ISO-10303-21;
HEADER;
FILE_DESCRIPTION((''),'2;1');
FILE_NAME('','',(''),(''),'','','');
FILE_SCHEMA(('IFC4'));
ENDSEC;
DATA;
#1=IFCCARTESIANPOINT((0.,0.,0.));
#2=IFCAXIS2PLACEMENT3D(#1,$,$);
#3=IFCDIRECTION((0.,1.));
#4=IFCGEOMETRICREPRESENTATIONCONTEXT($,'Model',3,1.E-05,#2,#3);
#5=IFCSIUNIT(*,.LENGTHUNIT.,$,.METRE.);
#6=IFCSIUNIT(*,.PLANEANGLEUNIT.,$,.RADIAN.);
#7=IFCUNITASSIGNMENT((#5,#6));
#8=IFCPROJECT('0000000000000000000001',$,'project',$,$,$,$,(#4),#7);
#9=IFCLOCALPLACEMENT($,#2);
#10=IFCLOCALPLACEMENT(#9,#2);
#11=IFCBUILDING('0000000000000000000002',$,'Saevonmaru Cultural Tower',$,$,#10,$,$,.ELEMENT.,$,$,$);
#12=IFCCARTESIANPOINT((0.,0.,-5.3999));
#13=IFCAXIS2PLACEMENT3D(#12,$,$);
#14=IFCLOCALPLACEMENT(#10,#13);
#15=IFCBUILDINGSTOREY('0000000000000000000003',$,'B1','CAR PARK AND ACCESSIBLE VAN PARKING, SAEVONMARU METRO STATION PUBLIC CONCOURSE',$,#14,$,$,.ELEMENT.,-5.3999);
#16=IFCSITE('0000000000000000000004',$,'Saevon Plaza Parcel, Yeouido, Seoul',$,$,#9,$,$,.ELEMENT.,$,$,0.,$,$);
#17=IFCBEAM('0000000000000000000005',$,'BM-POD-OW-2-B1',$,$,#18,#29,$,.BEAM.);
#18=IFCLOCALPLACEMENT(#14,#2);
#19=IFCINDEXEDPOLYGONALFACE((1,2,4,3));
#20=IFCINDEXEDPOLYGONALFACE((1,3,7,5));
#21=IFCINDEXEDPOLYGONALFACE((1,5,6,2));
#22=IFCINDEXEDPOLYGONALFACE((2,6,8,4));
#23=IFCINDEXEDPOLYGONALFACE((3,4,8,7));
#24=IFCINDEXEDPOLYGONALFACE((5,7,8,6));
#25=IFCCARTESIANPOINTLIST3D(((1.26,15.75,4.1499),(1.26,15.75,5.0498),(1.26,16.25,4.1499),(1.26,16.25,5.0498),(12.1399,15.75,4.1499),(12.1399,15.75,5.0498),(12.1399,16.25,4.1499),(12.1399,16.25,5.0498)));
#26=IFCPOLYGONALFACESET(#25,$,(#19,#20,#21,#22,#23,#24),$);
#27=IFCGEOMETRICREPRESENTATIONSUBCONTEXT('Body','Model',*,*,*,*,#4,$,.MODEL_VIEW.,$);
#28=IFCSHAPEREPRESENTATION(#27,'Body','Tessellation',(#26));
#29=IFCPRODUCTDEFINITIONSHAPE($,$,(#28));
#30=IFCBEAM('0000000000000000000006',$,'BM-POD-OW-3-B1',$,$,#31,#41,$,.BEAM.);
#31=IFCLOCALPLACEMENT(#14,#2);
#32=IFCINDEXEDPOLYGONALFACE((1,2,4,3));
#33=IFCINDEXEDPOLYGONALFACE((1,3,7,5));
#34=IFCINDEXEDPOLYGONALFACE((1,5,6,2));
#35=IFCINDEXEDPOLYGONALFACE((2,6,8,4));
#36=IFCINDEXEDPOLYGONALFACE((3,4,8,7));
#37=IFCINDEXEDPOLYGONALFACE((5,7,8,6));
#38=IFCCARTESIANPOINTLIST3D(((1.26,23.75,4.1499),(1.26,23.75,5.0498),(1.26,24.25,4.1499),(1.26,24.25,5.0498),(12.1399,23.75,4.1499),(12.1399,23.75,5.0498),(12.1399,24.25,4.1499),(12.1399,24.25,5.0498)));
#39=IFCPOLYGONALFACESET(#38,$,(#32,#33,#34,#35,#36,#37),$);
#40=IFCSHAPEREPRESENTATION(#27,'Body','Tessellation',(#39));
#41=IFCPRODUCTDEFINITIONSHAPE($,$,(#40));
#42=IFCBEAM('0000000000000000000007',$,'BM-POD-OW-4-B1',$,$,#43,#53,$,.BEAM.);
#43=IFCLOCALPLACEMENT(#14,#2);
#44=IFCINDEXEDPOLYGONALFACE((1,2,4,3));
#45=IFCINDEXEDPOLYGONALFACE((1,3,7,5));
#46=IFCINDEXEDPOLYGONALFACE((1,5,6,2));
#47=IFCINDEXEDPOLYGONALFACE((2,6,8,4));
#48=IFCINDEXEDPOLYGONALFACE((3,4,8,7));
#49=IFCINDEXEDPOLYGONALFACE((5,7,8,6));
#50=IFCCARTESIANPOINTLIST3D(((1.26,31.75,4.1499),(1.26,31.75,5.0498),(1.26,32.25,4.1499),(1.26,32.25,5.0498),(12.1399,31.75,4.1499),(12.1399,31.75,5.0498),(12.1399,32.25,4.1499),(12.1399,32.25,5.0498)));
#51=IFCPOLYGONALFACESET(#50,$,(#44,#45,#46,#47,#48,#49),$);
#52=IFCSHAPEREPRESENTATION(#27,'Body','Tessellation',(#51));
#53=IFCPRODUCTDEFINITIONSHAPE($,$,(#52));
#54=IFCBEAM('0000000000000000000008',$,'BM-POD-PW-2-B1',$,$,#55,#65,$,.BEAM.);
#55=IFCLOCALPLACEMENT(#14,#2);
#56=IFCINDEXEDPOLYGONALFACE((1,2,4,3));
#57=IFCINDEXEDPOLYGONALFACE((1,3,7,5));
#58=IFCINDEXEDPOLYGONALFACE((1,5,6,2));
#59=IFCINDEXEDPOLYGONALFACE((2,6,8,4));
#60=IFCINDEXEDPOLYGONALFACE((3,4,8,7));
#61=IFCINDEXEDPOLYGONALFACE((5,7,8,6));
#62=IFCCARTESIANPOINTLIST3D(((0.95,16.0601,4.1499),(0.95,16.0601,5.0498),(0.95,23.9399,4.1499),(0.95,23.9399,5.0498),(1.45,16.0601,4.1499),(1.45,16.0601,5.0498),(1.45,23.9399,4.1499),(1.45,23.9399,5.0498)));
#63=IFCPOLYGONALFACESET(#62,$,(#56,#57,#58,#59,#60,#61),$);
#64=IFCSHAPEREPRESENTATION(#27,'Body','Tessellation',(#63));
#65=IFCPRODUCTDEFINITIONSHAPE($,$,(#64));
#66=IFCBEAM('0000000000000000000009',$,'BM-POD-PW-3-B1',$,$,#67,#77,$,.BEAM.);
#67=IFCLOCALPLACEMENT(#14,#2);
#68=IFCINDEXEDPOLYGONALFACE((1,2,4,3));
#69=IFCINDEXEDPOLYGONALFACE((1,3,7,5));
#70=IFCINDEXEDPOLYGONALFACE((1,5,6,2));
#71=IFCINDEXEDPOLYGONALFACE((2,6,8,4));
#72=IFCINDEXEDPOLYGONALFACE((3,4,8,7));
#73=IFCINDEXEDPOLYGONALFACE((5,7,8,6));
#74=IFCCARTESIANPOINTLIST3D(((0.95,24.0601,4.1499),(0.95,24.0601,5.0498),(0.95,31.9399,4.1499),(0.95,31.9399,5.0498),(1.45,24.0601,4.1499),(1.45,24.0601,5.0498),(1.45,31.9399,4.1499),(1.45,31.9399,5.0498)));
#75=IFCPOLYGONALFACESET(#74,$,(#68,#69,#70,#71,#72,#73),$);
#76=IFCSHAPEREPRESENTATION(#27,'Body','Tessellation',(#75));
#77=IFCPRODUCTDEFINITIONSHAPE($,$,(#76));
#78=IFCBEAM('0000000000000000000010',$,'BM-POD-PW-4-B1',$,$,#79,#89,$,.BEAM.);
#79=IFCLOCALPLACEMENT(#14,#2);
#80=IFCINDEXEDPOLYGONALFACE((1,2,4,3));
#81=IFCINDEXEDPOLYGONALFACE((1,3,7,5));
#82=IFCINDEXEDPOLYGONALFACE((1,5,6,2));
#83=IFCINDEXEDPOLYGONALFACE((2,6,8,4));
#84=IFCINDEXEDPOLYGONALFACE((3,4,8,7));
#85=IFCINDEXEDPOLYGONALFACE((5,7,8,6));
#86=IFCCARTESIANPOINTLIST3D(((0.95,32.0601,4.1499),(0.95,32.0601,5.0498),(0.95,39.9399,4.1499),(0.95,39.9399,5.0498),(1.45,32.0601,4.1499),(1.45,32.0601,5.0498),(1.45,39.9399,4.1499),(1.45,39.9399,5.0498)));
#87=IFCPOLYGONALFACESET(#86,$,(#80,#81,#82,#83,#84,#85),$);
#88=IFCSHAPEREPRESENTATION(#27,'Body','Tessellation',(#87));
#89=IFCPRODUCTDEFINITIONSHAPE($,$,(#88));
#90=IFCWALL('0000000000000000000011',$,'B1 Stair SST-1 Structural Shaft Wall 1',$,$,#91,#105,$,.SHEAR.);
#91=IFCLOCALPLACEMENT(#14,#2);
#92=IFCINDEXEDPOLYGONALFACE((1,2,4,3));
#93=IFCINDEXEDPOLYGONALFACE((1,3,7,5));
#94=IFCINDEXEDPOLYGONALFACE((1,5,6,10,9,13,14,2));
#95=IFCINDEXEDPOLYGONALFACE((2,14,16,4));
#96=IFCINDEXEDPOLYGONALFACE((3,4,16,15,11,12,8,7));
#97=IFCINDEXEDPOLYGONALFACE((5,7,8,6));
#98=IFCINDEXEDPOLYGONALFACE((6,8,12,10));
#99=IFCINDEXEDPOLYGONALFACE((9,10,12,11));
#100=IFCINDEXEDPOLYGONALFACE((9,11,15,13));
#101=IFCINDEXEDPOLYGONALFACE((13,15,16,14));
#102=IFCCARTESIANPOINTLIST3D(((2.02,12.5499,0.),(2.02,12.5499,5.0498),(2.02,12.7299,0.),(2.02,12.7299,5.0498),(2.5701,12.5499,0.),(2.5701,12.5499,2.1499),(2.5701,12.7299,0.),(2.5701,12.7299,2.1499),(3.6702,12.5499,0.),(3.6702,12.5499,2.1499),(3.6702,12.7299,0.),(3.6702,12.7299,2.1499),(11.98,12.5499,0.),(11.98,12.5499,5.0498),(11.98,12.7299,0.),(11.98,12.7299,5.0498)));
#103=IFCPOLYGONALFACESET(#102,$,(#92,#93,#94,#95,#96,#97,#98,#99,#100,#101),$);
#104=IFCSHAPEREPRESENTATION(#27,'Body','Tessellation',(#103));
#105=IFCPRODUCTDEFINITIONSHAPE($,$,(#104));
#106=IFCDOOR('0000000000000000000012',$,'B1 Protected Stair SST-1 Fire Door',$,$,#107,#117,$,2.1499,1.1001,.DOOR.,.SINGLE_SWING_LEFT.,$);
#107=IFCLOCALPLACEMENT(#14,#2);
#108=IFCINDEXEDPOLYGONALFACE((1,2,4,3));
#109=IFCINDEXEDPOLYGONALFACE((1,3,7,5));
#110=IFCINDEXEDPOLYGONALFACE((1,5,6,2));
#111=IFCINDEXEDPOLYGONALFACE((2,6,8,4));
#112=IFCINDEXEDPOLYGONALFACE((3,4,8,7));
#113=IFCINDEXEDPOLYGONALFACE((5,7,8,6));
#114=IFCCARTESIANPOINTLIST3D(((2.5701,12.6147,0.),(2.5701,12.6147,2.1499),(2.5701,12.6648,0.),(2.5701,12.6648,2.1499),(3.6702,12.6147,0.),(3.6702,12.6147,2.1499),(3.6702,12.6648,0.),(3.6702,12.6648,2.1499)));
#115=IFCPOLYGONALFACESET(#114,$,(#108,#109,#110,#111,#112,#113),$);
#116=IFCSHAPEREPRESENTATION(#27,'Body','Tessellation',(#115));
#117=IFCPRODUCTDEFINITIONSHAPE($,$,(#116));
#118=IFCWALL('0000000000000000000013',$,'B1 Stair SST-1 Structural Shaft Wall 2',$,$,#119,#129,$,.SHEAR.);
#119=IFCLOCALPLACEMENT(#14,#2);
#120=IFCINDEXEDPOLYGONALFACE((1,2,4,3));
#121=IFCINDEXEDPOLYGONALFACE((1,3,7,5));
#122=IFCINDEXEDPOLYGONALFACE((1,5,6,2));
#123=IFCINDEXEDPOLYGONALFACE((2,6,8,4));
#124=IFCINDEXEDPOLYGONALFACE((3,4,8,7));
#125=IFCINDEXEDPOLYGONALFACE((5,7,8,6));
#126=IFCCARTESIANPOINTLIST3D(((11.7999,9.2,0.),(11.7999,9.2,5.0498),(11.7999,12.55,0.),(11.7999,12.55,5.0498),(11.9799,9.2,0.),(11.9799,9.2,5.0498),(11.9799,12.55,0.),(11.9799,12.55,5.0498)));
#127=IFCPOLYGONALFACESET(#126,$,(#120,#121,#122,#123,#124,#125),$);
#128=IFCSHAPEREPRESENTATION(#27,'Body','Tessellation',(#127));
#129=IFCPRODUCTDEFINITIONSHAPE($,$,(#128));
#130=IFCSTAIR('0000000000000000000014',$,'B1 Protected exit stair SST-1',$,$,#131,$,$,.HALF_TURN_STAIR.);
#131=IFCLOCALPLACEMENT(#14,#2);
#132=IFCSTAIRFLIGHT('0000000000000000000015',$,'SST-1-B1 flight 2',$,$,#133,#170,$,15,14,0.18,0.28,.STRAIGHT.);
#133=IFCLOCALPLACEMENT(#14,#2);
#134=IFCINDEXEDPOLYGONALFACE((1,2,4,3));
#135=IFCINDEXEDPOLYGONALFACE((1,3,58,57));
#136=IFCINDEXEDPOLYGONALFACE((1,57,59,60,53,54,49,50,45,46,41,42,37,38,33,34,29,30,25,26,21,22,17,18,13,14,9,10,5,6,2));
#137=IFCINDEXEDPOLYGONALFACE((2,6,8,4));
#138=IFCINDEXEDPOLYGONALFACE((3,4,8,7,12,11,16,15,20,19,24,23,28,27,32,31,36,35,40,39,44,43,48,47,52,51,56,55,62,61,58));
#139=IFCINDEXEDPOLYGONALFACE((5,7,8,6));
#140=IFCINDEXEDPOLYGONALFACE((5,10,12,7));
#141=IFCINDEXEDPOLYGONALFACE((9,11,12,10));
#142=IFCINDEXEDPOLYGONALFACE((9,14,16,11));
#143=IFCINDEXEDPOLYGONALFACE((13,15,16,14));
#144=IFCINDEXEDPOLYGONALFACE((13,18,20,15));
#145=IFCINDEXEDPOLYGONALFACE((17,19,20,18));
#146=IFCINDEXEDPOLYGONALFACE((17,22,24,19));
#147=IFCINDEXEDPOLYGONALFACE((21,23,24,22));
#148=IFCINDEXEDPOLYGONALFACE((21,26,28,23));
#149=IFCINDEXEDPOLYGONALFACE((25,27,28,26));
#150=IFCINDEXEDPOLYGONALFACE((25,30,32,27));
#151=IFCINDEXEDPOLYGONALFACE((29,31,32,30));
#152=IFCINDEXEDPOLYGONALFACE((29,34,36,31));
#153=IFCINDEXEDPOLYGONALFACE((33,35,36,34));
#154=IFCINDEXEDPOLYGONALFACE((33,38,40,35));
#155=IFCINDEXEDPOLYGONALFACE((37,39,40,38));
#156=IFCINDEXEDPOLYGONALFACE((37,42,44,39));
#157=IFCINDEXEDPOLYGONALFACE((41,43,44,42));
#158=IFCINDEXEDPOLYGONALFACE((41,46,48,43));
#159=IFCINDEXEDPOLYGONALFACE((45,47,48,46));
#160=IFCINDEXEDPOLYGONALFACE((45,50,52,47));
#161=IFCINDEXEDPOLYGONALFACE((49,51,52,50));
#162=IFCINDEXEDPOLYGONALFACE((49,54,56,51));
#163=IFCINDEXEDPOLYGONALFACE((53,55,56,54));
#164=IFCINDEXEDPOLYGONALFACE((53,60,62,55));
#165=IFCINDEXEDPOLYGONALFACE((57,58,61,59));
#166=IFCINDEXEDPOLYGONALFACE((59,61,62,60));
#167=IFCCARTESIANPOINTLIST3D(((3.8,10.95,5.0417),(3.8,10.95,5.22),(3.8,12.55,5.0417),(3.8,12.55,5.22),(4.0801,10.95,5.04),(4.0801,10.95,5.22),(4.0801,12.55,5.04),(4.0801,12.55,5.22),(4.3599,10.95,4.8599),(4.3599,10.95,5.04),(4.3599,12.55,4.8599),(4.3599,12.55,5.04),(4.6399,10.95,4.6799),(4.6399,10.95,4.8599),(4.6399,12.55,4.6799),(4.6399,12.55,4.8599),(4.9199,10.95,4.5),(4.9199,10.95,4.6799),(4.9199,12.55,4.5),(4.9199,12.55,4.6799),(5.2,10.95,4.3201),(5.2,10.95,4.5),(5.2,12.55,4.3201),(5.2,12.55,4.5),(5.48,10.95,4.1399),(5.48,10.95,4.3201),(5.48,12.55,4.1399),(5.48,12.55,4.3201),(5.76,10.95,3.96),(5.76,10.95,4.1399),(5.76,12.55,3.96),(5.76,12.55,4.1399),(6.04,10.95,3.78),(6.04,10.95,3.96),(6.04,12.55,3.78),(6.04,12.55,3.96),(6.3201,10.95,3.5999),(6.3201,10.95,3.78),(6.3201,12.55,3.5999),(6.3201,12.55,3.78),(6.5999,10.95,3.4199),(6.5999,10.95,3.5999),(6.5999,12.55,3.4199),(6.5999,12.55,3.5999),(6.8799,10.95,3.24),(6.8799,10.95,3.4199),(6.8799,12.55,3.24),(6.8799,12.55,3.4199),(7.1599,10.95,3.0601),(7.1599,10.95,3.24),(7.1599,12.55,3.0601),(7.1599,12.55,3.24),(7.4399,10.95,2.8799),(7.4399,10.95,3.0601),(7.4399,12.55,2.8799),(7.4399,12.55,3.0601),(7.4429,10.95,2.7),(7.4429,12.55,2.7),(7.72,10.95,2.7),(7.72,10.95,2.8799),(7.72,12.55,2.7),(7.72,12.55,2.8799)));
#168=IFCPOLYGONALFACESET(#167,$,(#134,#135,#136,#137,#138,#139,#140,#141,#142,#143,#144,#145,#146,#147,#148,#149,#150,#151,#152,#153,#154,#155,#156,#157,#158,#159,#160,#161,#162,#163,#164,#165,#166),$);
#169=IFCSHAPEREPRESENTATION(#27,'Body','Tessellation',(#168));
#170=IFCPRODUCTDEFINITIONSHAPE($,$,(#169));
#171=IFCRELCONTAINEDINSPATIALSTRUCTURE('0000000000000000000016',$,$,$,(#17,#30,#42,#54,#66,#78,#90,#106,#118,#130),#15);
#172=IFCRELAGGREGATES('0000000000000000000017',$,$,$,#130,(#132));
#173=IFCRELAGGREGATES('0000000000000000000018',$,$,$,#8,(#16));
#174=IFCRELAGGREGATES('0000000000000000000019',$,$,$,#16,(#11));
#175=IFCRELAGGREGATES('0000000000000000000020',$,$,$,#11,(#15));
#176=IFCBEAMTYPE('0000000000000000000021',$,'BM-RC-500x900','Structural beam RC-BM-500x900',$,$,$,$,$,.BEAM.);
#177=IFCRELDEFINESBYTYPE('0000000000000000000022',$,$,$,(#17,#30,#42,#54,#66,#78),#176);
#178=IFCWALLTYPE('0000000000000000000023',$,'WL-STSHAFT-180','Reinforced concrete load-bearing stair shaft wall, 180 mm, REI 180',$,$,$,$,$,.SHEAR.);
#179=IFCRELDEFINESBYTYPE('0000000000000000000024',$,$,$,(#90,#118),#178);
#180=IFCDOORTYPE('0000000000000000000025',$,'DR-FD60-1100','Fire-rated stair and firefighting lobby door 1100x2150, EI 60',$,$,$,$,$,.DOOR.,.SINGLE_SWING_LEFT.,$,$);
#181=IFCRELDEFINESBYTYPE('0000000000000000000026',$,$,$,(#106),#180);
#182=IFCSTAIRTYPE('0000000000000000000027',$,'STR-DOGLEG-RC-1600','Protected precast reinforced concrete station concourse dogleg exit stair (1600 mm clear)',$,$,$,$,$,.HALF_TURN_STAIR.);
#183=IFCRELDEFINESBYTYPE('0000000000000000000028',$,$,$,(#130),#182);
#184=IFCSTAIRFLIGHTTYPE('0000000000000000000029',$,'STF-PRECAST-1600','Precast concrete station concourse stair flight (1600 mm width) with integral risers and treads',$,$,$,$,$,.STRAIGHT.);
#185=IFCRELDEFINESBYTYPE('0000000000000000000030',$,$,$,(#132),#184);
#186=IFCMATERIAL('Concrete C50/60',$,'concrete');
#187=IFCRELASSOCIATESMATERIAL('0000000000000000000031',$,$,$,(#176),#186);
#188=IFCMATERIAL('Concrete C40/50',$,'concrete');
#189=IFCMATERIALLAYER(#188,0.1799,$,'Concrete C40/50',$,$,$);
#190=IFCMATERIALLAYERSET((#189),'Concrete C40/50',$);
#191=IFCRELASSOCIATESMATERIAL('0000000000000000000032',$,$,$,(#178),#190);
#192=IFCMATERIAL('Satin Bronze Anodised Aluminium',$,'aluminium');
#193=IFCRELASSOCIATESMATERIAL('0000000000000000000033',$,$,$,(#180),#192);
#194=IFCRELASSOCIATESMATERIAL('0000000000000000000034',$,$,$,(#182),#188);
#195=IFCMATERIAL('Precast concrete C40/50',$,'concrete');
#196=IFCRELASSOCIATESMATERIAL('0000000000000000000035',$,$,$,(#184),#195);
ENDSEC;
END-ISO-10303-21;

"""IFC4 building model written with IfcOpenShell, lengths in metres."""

from ifc_helpers import new_model, si_unit, direction, frame, frame_2d, origin, origin_2d, place, context, subcontext, project, spatial, polyline, rectangle, outline, extrude, material, layer, layer_set, material_profile, profile_set, type_object, element, fill, aggregate, save


model = new_model("IFC4")

# Units and contexts
model_context = context("Model", 3, precision=1e-05, world=origin(), true_north=direction((0.0, 1.0)))
body_context = subcontext(model_context, "Body", "Model", "MODEL_VIEW")
ifc_project = project(units=[si_unit("LENGTHUNIT", "METRE"), si_unit("PLANEANGLEUNIT", "RADIAN")], contexts=[model_context])

# Site, building, storey
site_placement = place(None, origin())
site = spatial("IfcSite", under=ifc_project, at=site_placement, Name="Saevon Plaza Parcel, Yeouido, Seoul", CompositionType="ELEMENT", RefElevation=0.0)
building_placement = place(site_placement, origin())
building = spatial("IfcBuilding", under=site, at=building_placement, Name="Saevonmaru Cultural Tower", CompositionType="ELEMENT")
storey_placement = place(building_placement, frame((0.0, 0.0, -5.3999)))
storey = spatial("IfcBuildingStorey", under=building, at=storey_placement, Name="B1", Description="CAR PARK AND ACCESSIBLE VAN PARKING, SAEVONMARU METRO STATION PUBLIC CONCOURSE", CompositionType="ELEMENT", Elevation=-5.3999)

# Shared definitions
ifc_material_1 = material(Name="Concrete C50/60", Category="concrete")

# Beams
ifc_material_2 = material(Name="Concrete C40/50", Category="concrete")
ifc_material_profile_1 = material_profile(ifc_material_1, rectangle(XDim=0.5, YDim=0.8999, at=origin_2d()), Name="RC-BM-500x900")
ifc_profile_set_1 = profile_set([ifc_material_profile_1], Name="Concrete C50/60")
beam_type_1 = type_object("IfcBeamType", Name="BM-RC-500x900", Description="Structural beam RC-BM-500x900", PredefinedType="BEAM", material=ifc_profile_set_1)
for number, where, z_axis, x_axis, name in (
    (1, (1.26, 16.0, 4.5999), (1.0, 0.0, 0.0), (0.0, 1.0, 0.0), "BM-POD-OW-2-B1"),
    (2, (1.26, 24.0, 4.5999), (1.0, 0.0, 0.0), (0.0, 1.0, 0.0), "BM-POD-OW-3-B1"),
    (3, (1.26, 32.0, 4.5999), (1.0, 0.0, 0.0), (0.0, 1.0, 0.0), "BM-POD-OW-4-B1"),
):
    element("IfcBeam", number, at=place(storey_placement, frame(where, z_axis=z_axis, x_axis=x_axis)), inside=storey, type_object=beam_type_1, Name=name, PredefinedType="BEAM", context=body_context, shape_type="SweptSolid", body=[
        extrude(rectangle(XDim=0.5, YDim=0.8999, at=origin_2d()), origin(), (0.0, 0.0, 1.0), 10.8799),
    ])
for number, where, z_axis, x_axis, name in (
    (4, (1.2, 16.0601, 4.5999), (0.0, 1.0, 0.0), (-1.0, 0.0, 0.0), "BM-POD-PW-2-B1"),
    (5, (1.2, 24.0601, 4.5999), (0.0, 1.0, 0.0), (-1.0, 0.0, 0.0), "BM-POD-PW-3-B1"),
    (6, (1.2, 32.0601, 4.5999), (0.0, 1.0, 0.0), (-1.0, 0.0, 0.0), "BM-POD-PW-4-B1"),
):
    element("IfcBeam", number, at=place(storey_placement, frame(where, z_axis=z_axis, x_axis=x_axis)), inside=storey, type_object=beam_type_1, Name=name, PredefinedType="BEAM", context=body_context, shape_type="SweptSolid", body=[
        extrude(rectangle(XDim=0.5, YDim=0.8999, at=origin_2d()), origin(), (0.0, 0.0, 1.0), 7.8799),
    ])

# Wall, opening, door
ifc_layer = layer(ifc_material_2, 0.1799, Name="Concrete C40/50")
ifc_layer_set = layer_set([ifc_layer], Name="Concrete C40/50")
wall_type = type_object("IfcWallType", Name="WL-STSHAFT-180", Description="Reinforced concrete load-bearing stair shaft wall, 180 mm, REI 180", PredefinedType="SHEAR", material=ifc_layer_set)
wall_1_placement = place(storey_placement, frame((2.02, 12.6399, 0.0), z_axis=(0.0, 0.0, 1.0), x_axis=(1.0, 0.0, 0.0)))
wall_1 = element("IfcWall", 7, at=wall_1_placement, inside=storey, type_object=wall_type, Name="B1 Stair SST-1 Structural Shaft Wall 1", PredefinedType="SHEAR", context=body_context, shape_type="SweptSolid", body=[
    extrude(rectangle(XDim=9.96, YDim=0.1799, at=frame_2d((4.98, 0.0))), origin(), (0.0, 0.0, 1.0), 5.0498),
])
opening_placement = place(wall_1_placement, frame((0.55, 0.0, 0.0)))
opening = element("IfcOpeningElement", 8, at=opening_placement, cuts=wall_1, PredefinedType="OPENING", context=body_context, shape_type="SweptSolid", body=[
    extrude(rectangle(XDim=1.1001, YDim=2.1499, at=frame_2d((0.55, 1.075))), frame((0.0, 0.1001, 0.0), z_axis=(0.0, -1.0, 0.0), x_axis=(1.0, 0.0, 0.0)), (0.0, 0.0, 1.0), 0.2),
])
ifc_material_3 = material(Name="Satin Bronze Anodised Aluminium", Category="aluminium")
door_type = type_object("IfcDoorType", Name="DR-FD60-1100", Description="Fire-rated stair and firefighting lobby door 1100x2150, EI 60", OperationType="SINGLE_SWING_LEFT", PredefinedType="DOOR", material=ifc_material_3)
door_placement = place(opening_placement, origin())
door = element("IfcDoor", 9, at=door_placement, inside=storey, type_object=door_type, Name="B1 Protected Stair SST-1 Fire Door", OperationType="SINGLE_SWING_LEFT", OverallHeight=2.1499, OverallWidth=1.1001, PredefinedType="DOOR", context=body_context, shape_type="SweptSolid", body=[
    extrude(rectangle(XDim=1.1001, YDim=2.1499, at=frame_2d((0.55, 1.075))), frame((0.0, 0.0249, 0.0), z_axis=(0.0, -1.0, 0.0), x_axis=(1.0, 0.0, 0.0)), (0.0, 0.0, 1.0), 0.05),
])
fill(opening, door)

# Wall
wall_2_placement = place(storey_placement, frame((11.8899, 12.55, 0.0), z_axis=(0.0, 0.0, 1.0), x_axis=(0.0, -1.0, 0.0)))
element("IfcWall", 10, at=wall_2_placement, inside=storey, type_object=wall_type, Name="B1 Stair SST-1 Structural Shaft Wall 2", PredefinedType="SHEAR", context=body_context, shape_type="SweptSolid", body=[
    extrude(rectangle(XDim=3.3501, YDim=0.1799, at=frame_2d((1.675, 0.0))), origin(), (0.0, 0.0, 1.0), 5.0498),
])

# Stair, stair flight
stair_type = type_object("IfcStairType", Name="STR-DOGLEG-RC-1600", Description="Protected precast reinforced concrete station concourse dogleg exit stair (1600 mm clear)", PredefinedType="HALF_TURN_STAIR", material=ifc_material_2)
stair_placement = place(storey_placement, origin())
stair = element("IfcStair", 11, at=stair_placement, inside=storey, type_object=stair_type, Name="B1 Protected exit stair SST-1", PredefinedType="HALF_TURN_STAIR")
ifc_material_4 = material(Name="Precast concrete C40/50", Category="concrete")
stair_flight_type = type_object("IfcStairFlightType", Name="STF-PRECAST-1600", Description="Precast concrete station concourse stair flight (1600 mm width) with integral risers and treads", PredefinedType="STRAIGHT", material=ifc_material_4)
stair_flight_placement = place(storey_placement, frame((7.72, 11.75, 2.7), z_axis=(0.0, 0.0, 1.0), x_axis=(-1.0, 0.0, 0.0)))
stair_flight = element("IfcStairFlight", 12, at=stair_flight_placement, type_object=stair_flight_type, Name="SST-1-B1 flight 2", NumberOfRisers=15, NumberOfTreads=14, PredefinedType="STRAIGHT", RiserHeight=0.18, TreadLength=0.28, context=body_context, shape_type="SweptSolid", body=[
    extrude(outline(polyline([(0.0, 0.0), (0.0, 0.1799), (0.28, 0.1799), (0.28, 0.3601), (0.5601, 0.3601), (0.5601, 0.54), (0.8401, 0.54), (0.8401, 0.72), (1.1201, 0.72), (1.1201, 0.8999), (1.3999, 0.8999), (1.3999, 1.0801), (1.6799, 1.0801), (1.6799, 1.26), (1.96, 1.26), (1.96, 1.4399), (2.24, 1.4399), (2.24, 1.6201), (2.52, 1.6201), (2.52, 1.8), (2.8, 1.8), (2.8, 1.98), (3.0801, 1.98), (3.0801, 2.1599), (3.3601, 2.1599), (3.3601, 2.3401), (3.6399, 2.3401), (3.6399, 2.52), (3.9199, 2.52), (3.9199, 2.7), (3.9199, 2.3418), (0.2771, 0.0), (0.0, 0.0)])), frame((0.0, 0.8, 0.0), z_axis=(0.0, -1.0, 0.0), x_axis=(1.0, 0.0, 0.0)), (0.0, 0.0, 1.0), 1.6001),
])
aggregate(stair, [stair_flight])

save(model, "model.ifc")
